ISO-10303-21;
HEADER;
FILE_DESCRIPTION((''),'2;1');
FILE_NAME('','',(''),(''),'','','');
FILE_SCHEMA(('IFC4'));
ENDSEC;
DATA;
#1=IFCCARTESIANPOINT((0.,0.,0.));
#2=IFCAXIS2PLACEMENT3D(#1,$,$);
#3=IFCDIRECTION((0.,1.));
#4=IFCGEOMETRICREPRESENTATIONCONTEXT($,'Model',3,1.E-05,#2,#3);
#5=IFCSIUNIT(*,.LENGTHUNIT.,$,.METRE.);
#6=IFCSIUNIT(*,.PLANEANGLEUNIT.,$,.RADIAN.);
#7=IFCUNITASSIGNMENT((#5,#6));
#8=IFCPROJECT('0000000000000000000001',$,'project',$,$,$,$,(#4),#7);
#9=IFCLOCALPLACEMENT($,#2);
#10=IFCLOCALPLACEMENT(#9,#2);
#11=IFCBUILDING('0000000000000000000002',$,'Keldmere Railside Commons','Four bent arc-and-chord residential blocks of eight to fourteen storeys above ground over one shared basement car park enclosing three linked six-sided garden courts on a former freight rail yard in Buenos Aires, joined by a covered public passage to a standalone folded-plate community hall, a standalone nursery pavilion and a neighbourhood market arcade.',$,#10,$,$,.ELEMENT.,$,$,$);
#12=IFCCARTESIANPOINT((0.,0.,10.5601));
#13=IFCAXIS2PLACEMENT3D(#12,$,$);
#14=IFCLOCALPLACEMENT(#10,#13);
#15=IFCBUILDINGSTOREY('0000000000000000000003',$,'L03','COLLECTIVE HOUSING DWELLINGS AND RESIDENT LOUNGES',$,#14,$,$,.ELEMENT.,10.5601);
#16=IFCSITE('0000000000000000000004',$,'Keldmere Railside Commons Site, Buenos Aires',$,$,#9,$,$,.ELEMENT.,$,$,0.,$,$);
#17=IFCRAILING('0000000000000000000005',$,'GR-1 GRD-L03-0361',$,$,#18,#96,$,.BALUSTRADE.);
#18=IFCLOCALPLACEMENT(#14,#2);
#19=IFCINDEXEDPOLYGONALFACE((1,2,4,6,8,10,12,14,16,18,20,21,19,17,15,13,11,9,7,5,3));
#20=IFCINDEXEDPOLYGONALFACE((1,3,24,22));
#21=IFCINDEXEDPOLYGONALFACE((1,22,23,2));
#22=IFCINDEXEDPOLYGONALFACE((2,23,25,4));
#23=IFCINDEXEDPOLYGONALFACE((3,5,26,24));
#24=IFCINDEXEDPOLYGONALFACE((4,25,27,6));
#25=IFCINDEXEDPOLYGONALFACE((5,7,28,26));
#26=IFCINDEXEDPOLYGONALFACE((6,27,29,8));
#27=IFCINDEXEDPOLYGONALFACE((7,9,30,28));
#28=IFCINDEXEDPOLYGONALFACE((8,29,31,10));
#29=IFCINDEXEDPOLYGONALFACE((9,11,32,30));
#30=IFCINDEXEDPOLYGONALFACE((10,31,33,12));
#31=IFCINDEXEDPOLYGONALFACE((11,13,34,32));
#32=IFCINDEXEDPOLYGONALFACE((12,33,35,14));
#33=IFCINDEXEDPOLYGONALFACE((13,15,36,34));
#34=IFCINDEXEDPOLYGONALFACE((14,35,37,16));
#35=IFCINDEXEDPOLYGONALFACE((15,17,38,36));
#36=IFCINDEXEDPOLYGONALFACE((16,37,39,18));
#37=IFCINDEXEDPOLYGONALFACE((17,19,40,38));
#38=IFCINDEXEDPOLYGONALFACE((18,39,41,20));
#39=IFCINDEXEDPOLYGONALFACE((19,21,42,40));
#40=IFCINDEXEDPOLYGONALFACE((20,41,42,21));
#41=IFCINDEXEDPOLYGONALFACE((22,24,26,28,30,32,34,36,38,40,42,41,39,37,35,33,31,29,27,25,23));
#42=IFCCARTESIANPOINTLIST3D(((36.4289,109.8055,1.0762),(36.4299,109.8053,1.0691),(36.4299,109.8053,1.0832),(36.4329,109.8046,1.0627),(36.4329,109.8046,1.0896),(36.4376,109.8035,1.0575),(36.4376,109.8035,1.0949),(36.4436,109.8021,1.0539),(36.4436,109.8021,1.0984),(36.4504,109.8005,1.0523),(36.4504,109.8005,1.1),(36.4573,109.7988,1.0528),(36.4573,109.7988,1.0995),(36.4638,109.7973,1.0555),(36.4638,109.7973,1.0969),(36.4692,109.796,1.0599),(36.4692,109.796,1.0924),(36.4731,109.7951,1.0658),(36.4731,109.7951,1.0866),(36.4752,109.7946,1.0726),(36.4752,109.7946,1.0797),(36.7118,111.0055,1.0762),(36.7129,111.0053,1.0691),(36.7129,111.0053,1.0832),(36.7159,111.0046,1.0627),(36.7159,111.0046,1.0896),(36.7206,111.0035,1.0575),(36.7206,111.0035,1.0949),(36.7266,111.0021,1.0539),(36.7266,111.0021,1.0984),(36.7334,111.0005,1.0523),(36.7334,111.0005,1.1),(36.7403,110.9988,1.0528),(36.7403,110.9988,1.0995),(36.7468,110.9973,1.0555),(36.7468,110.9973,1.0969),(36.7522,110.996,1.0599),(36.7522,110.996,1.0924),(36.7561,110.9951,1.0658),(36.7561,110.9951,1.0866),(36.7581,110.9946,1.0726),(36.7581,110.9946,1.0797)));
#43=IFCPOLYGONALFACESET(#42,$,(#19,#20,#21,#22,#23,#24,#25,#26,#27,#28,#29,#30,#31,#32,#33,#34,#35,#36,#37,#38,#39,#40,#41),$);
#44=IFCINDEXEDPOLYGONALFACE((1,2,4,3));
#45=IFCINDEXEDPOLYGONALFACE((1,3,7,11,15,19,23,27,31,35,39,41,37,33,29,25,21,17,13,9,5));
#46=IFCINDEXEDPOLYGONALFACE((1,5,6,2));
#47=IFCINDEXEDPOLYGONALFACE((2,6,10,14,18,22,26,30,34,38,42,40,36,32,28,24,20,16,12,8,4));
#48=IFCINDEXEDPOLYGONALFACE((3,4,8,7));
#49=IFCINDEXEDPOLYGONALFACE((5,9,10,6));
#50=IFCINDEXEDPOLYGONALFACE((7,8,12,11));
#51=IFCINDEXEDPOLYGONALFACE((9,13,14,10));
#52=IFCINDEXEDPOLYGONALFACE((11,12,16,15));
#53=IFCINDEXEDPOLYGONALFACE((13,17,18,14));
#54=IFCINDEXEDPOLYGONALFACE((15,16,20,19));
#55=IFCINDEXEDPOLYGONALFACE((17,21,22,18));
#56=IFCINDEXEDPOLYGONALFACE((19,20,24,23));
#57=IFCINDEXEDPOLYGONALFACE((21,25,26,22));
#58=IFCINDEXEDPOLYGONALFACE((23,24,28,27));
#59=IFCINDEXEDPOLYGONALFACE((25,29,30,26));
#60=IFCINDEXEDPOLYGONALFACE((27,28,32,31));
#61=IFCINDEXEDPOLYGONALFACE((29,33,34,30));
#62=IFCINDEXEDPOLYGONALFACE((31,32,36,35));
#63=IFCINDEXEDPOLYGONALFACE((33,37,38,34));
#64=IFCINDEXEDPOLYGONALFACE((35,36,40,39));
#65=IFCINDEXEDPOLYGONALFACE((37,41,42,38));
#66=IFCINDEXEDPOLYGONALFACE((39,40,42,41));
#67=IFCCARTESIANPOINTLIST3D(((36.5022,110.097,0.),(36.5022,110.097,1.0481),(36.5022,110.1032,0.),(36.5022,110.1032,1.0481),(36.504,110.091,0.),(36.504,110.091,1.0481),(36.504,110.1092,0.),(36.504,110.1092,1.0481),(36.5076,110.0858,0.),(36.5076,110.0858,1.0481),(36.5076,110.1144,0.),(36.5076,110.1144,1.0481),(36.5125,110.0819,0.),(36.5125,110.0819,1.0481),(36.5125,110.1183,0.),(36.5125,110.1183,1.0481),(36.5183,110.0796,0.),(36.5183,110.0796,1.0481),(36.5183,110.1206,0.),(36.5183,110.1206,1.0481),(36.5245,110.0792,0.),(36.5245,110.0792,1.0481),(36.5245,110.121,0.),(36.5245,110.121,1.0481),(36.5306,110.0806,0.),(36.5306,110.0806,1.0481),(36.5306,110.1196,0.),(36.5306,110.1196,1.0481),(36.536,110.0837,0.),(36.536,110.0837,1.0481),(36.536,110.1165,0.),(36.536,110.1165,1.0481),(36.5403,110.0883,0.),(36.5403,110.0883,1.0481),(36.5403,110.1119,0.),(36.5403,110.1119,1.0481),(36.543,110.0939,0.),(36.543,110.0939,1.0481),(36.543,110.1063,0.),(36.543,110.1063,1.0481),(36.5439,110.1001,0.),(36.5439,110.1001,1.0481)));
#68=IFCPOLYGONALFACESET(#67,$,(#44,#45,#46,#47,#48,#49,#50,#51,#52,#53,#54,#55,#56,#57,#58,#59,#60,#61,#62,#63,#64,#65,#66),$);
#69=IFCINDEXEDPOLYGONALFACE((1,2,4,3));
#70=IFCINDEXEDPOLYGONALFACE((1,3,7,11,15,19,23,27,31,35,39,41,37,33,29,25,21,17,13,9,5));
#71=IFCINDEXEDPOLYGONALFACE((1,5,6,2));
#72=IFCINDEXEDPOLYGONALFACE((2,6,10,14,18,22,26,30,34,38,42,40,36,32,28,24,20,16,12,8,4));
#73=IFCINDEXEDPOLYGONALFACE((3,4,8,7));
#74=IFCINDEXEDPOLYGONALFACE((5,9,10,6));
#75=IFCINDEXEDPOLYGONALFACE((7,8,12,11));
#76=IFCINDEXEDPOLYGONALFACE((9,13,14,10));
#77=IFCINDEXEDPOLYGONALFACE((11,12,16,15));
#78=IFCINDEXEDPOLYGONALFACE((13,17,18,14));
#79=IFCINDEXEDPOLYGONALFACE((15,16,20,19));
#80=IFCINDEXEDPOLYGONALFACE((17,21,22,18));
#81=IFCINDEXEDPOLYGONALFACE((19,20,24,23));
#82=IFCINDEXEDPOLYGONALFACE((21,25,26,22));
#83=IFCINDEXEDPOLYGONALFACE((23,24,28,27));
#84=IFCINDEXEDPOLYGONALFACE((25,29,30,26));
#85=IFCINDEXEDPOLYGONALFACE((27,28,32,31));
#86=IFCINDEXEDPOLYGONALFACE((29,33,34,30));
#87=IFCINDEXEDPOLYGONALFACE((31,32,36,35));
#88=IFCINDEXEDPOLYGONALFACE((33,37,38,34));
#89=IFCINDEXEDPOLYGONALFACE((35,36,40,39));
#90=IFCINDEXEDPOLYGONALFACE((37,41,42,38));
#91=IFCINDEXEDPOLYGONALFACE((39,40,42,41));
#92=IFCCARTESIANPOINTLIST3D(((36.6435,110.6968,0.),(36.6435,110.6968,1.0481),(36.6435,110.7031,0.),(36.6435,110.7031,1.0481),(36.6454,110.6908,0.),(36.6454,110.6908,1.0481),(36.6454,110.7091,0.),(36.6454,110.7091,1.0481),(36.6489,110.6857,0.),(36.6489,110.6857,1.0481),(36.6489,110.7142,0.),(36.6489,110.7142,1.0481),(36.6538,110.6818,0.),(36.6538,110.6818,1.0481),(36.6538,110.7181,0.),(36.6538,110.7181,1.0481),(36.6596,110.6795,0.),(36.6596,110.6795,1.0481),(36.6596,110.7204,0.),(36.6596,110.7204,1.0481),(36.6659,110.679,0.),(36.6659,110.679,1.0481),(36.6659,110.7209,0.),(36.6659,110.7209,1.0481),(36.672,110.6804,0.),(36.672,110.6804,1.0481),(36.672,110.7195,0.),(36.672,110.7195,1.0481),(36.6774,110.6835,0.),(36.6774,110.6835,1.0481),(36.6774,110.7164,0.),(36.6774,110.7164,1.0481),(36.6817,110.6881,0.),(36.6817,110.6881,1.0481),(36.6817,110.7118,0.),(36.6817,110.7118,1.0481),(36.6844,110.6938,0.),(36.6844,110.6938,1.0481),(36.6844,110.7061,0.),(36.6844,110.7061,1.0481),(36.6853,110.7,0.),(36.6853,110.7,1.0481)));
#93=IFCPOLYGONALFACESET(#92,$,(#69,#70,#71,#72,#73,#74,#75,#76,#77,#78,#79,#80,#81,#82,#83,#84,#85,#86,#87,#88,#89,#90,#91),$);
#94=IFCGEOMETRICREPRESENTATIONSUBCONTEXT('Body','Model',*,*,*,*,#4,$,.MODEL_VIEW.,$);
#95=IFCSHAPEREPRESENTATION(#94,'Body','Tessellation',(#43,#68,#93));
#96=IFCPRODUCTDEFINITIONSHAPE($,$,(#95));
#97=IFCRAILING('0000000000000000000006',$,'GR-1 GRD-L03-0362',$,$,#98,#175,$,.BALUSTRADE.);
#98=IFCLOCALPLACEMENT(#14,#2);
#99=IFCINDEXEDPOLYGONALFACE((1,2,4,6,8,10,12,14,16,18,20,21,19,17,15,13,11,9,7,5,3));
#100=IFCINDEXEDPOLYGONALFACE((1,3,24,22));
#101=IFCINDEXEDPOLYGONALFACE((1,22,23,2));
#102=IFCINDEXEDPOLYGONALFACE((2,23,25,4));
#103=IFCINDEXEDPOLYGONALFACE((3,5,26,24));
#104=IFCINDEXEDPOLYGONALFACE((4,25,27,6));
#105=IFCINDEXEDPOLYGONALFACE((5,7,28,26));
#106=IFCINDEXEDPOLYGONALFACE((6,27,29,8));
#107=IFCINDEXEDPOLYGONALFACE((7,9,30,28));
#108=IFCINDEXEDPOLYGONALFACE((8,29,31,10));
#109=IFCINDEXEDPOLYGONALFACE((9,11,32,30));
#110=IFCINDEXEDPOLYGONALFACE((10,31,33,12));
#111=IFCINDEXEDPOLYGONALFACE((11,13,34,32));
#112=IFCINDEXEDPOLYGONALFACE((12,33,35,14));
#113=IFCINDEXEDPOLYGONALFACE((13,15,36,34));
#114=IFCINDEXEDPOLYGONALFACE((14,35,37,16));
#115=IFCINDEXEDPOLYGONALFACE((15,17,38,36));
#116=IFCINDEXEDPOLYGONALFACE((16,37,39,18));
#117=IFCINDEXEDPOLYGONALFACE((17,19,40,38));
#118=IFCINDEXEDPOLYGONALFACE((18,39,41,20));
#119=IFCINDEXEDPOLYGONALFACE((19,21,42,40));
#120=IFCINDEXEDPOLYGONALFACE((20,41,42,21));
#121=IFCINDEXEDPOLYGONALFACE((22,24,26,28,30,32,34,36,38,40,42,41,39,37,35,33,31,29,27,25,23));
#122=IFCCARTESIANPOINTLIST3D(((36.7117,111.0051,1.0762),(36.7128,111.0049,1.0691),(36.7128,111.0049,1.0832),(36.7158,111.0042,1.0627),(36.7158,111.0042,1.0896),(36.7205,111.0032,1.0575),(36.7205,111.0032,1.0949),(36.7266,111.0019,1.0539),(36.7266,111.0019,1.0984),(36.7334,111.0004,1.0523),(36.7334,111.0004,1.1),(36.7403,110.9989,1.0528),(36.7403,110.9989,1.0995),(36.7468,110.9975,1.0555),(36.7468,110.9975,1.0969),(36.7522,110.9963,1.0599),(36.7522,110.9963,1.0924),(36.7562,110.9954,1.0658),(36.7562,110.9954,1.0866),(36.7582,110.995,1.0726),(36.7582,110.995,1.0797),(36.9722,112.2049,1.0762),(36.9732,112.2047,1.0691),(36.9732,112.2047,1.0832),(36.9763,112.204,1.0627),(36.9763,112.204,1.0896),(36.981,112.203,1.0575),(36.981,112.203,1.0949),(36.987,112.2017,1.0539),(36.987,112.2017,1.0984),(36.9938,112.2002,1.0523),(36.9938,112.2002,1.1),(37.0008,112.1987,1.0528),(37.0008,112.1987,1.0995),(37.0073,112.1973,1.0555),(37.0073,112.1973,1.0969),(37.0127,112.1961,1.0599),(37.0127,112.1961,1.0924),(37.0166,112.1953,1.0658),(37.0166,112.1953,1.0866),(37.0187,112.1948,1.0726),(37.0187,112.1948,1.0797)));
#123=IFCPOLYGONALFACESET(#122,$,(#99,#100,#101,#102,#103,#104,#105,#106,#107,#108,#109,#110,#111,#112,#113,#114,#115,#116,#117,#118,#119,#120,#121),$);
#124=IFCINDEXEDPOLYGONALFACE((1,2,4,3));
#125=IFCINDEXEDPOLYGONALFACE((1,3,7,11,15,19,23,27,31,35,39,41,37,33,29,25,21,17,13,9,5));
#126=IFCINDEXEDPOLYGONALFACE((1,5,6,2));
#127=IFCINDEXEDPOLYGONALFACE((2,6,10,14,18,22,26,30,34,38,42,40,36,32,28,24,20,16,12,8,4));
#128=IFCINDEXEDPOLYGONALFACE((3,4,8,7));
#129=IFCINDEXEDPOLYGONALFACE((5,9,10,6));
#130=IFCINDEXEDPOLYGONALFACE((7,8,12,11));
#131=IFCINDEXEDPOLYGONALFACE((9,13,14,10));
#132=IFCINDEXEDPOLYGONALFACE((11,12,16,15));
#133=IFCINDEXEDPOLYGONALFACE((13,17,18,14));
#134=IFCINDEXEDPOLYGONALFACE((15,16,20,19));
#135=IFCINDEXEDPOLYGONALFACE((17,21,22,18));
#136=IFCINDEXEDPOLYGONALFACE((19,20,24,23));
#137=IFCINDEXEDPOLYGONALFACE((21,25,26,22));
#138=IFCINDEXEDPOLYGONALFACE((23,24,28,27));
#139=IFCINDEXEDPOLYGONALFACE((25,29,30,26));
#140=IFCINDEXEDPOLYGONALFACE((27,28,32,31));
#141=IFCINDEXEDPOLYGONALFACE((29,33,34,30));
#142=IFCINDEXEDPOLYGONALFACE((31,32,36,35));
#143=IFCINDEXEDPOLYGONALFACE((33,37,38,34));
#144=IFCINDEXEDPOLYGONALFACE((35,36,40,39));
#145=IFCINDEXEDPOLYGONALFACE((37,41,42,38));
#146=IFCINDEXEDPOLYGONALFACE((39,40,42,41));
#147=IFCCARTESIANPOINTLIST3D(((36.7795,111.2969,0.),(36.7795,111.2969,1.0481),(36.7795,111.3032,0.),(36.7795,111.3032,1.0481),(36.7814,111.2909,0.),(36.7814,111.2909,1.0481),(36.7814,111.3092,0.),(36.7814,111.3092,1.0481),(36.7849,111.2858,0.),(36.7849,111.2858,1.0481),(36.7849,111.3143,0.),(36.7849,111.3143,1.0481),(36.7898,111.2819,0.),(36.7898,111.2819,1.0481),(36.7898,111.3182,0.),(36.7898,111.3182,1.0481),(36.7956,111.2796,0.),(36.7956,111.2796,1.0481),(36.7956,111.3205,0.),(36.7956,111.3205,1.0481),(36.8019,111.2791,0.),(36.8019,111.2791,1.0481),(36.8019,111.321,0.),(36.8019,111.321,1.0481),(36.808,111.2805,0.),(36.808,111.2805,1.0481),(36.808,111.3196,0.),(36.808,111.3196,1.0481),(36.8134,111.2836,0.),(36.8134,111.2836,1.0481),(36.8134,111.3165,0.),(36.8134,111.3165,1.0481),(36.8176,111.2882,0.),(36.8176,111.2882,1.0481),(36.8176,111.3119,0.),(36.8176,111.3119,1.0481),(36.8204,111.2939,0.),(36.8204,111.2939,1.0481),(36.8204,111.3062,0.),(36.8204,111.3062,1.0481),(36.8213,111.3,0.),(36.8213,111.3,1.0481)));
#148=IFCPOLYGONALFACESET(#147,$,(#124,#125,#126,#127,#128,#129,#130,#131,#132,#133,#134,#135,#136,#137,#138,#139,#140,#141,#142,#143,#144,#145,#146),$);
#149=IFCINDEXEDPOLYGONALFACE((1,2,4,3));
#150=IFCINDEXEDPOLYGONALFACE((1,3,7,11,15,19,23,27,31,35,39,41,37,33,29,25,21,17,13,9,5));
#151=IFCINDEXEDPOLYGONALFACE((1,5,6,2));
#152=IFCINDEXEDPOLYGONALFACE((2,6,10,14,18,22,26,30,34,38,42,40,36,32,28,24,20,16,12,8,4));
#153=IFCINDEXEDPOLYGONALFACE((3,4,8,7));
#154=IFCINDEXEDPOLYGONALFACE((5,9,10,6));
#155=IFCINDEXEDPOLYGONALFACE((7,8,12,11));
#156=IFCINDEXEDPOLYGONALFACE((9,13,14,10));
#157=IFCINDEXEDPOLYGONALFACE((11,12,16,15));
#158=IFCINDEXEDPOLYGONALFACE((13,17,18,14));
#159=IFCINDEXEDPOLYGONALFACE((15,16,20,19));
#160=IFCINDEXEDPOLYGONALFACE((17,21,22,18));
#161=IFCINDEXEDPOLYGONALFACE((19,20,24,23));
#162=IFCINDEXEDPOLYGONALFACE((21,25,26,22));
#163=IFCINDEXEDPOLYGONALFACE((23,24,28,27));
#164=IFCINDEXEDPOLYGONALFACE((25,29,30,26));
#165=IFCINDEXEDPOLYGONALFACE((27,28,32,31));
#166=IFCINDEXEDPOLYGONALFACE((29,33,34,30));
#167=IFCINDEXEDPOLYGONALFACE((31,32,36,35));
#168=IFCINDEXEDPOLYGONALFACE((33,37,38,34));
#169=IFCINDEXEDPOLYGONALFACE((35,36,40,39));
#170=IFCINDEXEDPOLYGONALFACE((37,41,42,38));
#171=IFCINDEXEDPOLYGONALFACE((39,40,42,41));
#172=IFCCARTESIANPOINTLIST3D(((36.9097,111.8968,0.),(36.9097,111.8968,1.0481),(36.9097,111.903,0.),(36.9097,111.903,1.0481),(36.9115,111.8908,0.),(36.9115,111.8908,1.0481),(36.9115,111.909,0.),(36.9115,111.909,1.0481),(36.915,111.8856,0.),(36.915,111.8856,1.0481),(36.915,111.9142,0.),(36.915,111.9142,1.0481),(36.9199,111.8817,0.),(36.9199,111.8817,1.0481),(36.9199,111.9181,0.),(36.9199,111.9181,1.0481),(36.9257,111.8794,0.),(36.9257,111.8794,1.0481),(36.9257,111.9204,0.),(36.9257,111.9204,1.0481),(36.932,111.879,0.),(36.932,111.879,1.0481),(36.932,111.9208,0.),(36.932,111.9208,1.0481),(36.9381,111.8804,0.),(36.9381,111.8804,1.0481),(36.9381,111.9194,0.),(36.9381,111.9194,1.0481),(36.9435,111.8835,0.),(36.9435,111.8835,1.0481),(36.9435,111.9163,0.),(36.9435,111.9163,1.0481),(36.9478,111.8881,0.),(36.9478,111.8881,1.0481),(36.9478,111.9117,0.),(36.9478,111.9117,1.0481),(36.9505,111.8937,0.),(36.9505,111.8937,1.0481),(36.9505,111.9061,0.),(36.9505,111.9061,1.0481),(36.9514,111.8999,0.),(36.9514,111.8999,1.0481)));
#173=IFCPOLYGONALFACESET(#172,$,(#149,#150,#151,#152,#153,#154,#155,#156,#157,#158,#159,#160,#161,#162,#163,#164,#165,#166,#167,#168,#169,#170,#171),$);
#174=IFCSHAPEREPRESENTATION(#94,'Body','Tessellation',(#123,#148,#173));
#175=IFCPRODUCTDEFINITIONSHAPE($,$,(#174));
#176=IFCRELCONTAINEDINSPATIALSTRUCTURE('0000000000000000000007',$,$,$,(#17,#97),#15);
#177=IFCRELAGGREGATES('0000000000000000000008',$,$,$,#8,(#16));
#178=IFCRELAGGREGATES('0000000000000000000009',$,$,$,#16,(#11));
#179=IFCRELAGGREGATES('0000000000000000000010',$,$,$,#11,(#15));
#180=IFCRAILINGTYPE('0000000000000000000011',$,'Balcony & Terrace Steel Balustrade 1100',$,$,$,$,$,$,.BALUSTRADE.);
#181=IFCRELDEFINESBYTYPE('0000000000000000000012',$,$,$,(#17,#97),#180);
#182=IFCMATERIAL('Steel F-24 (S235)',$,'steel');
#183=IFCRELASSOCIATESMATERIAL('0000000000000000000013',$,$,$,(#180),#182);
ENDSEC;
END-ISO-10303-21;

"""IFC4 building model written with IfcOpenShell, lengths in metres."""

from ifc_helpers import new_model, si_unit, direction, frame, origin, origin_2d, place, context, subcontext, project, spatial, circle, extrude, material, type_object, element, save


model = new_model("IFC4")

# Units and contexts
model_context = context("Model", 3, precision=1e-05, world=origin(), true_north=direction((0.0, 1.0)))
body_context = subcontext(model_context, "Body", "Model", "MODEL_VIEW")
ifc_project = project(units=[si_unit("LENGTHUNIT", "METRE"), si_unit("PLANEANGLEUNIT", "RADIAN")], contexts=[model_context])

# Site, building, storey
site_placement = place(None, origin())
site = spatial("IfcSite", under=ifc_project, at=site_placement, Name="Keldmere Railside Commons Site, Buenos Aires", CompositionType="ELEMENT", RefElevation=0.0)
building_placement = place(site_placement, origin())
building = spatial("IfcBuilding", under=site, at=building_placement, Name="Keldmere Railside Commons", Description="Four bent arc-and-chord residential blocks of eight to fourteen storeys above ground over one shared basement car park enclosing three linked six-sided garden courts on a former freight rail yard in Buenos Aires, joined by a covered public passage to a standalone folded-plate community hall, a standalone nursery pavilion and a neighbourhood market arcade.", CompositionType="ELEMENT")
storey_placement = place(building_placement, frame((0.0, 0.0, 10.5601)))
storey = spatial("IfcBuildingStorey", under=building, at=storey_placement, Name="L03", Description="COLLECTIVE HOUSING DWELLINGS AND RESIDENT LOUNGES", CompositionType="ELEMENT", Elevation=10.5601)

# Railings
ifc_material_1 = material(Name="Steel F-24 (S235)", Category="steel")
railing_type = type_object("IfcRailingType", Name="Balcony & Terrace Steel Balustrade 1100", PredefinedType="BALUSTRADE", material=ifc_material_1)
railing_1_placement = place(storey_placement, frame((36.4521, 109.8, 0.0)))
element("IfcRailing", 1, at=railing_1_placement, inside=storey, type_object=railing_type, Name="GR-1 GRD-L03-0361", PredefinedType="BALUSTRADE", context=body_context, shape_type="SweptSolid", body=[
    extrude(circle(Radius=0.0239, at=origin_2d()), frame((0.0, 0.0, 1.0762), z_axis=(0.229514, 0.973305, 0.0), x_axis=(-0.973305, 0.229514, 0.0)), (0.0, 0.0, 1.0), 1.2329),
    extrude(circle(Radius=0.021, at=origin_2d()), frame((0.0708, 0.3, 0.0)), (0.0, 0.0, 1.0), 1.0481),
    extrude(circle(Radius=0.021, at=origin_2d()), frame((0.2122, 0.8999, 0.0)), (0.0, 0.0, 1.0), 1.0481),
])
railing_2_placement = place(storey_placement, frame((36.7351, 111.0, 0.0)))
element("IfcRailing", 2, at=railing_2_placement, inside=storey, type_object=railing_type, Name="GR-1 GRD-L03-0362", PredefinedType="BALUSTRADE", context=body_context, shape_type="SweptSolid", body=[
    extrude(circle(Radius=0.0239, at=origin_2d()), frame((0.0, 0.0, 1.0762), z_axis=(0.212149, 0.977237, 0.0), x_axis=(-0.977237, 0.212149, 0.0)), (0.0, 0.0, 1.0), 1.2278),
    extrude(circle(Radius=0.021, at=origin_2d()), frame((0.0652, 0.3, 0.0)), (0.0, 0.0, 1.0), 1.0481),
    extrude(circle(Radius=0.021, at=origin_2d()), frame((0.1953, 0.8999, 0.0)), (0.0, 0.0, 1.0), 1.0481),
])

save(model, "model.ifc")
